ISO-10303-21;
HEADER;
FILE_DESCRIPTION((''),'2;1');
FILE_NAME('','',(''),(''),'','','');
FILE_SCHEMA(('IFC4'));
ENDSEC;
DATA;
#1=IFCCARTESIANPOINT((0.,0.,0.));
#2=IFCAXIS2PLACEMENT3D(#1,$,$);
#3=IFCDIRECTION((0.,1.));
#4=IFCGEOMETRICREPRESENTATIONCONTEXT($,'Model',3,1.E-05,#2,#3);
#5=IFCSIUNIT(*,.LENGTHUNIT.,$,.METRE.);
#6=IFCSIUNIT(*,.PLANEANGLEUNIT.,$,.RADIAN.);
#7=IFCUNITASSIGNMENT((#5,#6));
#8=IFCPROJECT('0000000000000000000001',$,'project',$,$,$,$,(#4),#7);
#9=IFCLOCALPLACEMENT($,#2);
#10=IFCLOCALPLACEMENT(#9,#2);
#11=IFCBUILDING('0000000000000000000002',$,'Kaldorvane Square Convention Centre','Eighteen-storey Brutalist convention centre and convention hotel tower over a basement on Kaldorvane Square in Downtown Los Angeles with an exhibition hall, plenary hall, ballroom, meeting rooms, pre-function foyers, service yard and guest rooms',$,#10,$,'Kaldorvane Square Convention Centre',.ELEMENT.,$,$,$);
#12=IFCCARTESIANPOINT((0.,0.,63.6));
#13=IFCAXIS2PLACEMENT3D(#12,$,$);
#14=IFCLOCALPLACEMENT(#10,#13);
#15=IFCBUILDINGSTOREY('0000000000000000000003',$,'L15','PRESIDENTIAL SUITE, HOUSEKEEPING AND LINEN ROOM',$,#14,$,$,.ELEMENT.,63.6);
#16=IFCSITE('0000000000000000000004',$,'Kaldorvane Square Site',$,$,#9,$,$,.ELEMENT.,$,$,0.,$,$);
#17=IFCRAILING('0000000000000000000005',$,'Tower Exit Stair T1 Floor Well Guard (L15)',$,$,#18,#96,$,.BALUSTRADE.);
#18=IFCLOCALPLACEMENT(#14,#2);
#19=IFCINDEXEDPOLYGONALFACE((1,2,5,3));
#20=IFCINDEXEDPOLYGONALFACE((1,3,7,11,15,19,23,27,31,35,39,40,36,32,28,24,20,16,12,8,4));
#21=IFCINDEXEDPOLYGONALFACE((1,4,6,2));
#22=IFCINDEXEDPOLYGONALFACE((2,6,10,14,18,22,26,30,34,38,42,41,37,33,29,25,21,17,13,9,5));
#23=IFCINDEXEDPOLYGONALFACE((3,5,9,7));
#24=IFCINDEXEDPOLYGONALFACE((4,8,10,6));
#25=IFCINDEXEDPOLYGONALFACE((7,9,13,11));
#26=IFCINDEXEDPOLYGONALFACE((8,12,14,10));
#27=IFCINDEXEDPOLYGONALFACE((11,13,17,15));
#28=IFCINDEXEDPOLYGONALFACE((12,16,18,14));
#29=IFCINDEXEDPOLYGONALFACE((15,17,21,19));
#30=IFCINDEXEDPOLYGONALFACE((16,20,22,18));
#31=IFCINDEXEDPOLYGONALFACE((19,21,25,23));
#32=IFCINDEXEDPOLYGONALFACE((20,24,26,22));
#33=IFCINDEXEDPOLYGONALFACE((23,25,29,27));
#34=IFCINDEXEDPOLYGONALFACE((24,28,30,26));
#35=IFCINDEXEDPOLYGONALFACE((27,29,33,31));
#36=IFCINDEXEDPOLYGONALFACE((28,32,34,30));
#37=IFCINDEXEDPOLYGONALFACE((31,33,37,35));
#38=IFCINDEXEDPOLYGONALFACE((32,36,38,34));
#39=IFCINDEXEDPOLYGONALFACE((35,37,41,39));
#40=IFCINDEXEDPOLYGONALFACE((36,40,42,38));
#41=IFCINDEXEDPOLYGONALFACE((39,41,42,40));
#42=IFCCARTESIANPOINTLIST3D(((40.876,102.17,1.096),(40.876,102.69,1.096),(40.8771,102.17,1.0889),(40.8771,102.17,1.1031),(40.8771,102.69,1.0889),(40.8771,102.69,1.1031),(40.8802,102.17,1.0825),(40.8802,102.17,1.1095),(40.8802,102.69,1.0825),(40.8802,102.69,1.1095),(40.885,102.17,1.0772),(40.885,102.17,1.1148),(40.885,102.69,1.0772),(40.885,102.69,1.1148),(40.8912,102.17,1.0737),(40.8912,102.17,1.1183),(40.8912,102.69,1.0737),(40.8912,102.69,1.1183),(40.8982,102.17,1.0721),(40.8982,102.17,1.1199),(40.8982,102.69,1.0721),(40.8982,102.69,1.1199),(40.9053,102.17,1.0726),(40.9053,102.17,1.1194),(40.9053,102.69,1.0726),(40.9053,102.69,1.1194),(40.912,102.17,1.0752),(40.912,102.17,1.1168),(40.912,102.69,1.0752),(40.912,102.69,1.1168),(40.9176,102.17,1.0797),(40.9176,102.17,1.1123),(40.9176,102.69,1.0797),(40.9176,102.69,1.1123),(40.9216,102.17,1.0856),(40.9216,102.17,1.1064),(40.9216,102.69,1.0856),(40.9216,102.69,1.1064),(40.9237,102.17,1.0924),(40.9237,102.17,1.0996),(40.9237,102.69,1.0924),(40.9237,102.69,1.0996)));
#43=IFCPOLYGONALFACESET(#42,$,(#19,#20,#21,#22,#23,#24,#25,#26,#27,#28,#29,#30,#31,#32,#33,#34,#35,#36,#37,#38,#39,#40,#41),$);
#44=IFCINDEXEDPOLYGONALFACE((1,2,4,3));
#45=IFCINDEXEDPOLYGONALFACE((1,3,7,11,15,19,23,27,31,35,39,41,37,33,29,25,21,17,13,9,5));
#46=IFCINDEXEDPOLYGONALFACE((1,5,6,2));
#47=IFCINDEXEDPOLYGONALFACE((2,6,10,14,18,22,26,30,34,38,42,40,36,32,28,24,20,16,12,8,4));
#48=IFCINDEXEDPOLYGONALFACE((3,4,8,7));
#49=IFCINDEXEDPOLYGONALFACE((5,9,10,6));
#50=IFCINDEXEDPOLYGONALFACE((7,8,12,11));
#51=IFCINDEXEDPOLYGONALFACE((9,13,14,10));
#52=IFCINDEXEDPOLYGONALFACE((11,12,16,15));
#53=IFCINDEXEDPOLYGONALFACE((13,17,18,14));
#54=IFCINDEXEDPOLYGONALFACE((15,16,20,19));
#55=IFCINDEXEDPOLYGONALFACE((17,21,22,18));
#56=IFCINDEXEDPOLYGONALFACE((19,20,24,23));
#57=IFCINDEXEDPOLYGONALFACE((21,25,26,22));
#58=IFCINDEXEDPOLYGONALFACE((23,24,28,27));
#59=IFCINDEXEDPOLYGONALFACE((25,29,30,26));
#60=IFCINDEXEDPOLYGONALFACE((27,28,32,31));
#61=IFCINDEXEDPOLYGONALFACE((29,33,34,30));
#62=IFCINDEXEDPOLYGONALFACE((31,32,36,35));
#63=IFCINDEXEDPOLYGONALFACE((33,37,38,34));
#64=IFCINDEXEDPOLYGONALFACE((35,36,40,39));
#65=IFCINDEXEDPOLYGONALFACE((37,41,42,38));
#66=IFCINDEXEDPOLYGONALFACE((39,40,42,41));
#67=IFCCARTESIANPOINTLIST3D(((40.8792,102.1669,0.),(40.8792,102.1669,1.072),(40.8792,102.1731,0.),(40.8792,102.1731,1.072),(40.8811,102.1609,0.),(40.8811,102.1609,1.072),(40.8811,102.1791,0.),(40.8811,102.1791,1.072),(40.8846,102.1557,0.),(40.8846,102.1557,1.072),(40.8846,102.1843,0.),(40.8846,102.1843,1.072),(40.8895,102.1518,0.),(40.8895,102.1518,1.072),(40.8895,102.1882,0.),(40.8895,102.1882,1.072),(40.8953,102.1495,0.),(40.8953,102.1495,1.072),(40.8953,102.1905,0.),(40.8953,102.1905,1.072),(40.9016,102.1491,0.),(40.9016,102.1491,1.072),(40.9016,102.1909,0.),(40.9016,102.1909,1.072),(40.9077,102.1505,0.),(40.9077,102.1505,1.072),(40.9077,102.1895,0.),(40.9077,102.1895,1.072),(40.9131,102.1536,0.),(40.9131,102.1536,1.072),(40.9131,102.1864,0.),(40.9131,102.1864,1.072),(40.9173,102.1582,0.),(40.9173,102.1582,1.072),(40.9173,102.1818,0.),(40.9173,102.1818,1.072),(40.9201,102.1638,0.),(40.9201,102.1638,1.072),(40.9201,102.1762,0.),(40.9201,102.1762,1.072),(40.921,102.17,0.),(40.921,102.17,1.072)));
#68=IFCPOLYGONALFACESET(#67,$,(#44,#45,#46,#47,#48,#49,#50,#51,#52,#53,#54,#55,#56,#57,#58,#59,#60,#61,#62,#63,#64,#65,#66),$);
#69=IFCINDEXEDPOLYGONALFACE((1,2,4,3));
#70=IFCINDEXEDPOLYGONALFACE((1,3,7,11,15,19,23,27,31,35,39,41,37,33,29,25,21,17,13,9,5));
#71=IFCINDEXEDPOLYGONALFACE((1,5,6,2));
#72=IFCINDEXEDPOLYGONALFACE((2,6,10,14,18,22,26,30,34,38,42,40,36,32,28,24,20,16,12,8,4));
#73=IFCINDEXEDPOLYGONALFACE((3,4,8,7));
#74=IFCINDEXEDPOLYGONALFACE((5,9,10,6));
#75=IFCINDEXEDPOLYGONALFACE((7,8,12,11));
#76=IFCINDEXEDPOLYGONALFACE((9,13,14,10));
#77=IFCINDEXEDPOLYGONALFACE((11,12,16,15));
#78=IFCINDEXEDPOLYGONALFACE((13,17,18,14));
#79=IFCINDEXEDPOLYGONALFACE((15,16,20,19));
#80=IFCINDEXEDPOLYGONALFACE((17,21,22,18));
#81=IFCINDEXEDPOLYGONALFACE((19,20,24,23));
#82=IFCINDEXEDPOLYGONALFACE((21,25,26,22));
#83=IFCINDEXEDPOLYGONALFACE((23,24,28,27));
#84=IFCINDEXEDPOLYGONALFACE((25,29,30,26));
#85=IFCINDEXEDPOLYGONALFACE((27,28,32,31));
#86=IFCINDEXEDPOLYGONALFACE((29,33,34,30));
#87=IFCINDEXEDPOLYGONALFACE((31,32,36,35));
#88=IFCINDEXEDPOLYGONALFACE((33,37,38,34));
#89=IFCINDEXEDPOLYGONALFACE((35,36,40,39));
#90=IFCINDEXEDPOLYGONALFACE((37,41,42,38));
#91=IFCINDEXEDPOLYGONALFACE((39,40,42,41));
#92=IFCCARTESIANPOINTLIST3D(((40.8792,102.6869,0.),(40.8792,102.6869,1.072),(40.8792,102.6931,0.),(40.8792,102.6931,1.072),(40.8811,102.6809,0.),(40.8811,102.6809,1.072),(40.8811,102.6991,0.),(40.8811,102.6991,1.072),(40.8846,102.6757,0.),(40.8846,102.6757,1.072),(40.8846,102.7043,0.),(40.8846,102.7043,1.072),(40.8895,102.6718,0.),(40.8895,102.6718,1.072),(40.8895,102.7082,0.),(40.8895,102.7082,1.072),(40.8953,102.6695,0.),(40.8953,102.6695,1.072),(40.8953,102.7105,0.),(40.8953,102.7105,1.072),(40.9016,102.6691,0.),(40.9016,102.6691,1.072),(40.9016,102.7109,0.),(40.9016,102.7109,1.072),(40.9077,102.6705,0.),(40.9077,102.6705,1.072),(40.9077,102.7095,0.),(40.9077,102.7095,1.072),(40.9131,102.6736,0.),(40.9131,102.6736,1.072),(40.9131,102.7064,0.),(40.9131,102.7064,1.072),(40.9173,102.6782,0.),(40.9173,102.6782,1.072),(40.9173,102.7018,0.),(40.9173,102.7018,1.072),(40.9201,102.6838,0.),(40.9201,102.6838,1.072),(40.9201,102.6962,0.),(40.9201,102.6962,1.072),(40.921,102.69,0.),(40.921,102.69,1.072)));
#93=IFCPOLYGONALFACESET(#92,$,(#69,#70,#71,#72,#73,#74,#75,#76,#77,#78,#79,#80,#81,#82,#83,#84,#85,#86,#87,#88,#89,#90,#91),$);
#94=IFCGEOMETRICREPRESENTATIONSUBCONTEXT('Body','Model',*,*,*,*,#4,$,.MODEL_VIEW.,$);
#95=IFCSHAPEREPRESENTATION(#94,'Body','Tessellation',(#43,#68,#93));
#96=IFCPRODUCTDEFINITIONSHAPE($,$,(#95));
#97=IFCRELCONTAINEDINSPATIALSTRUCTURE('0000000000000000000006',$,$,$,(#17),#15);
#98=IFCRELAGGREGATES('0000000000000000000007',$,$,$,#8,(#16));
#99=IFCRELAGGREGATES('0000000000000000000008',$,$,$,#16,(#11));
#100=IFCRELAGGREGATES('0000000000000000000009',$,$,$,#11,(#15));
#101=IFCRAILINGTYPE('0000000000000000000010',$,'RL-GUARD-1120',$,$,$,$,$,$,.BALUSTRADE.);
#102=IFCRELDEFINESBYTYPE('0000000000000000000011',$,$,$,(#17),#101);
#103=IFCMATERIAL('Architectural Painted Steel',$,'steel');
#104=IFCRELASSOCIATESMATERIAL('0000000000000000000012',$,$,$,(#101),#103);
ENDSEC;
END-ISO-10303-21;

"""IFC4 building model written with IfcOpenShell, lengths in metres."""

from ifc_helpers import new_model, si_unit, direction, frame, origin, origin_2d, place, context, subcontext, project, spatial, circle, extrude, material, type_object, element, save


model = new_model("IFC4")

# Units and contexts
model_context = context("Model", 3, precision=1e-05, world=origin(), true_north=direction((0.0, 1.0)))
body_context = subcontext(model_context, "Body", "Model", "MODEL_VIEW")
ifc_project = project(units=[si_unit("LENGTHUNIT", "METRE"), si_unit("PLANEANGLEUNIT", "RADIAN")], contexts=[model_context])

# Site, building, storey
site_placement = place(None, origin())
site = spatial("IfcSite", under=ifc_project, at=site_placement, Name="Kaldorvane Square Site", CompositionType="ELEMENT", RefElevation=0.0)
building_placement = place(site_placement, origin())
building = spatial("IfcBuilding", under=site, at=building_placement, Name="Kaldorvane Square Convention Centre", Description="Eighteen-storey Brutalist convention centre and convention hotel tower over a basement on Kaldorvane Square in Downtown Los Angeles with an exhibition hall, plenary hall, ballroom, meeting rooms, pre-function foyers, service yard and guest rooms", LongName="Kaldorvane Square Convention Centre", CompositionType="ELEMENT")
storey_placement = place(building_placement, frame((0.0, 0.0, 63.6)))
storey = spatial("IfcBuildingStorey", under=building, at=storey_placement, Name="L15", Description="PRESIDENTIAL SUITE, HOUSEKEEPING AND LINEN ROOM", CompositionType="ELEMENT", Elevation=63.6)

# Railing
ifc_material_1 = material(Name="Architectural Painted Steel", Category="steel")
railing_type = type_object("IfcRailingType", Name="RL-GUARD-1120", PredefinedType="BALUSTRADE", material=ifc_material_1)
railing_1_placement = place(storey_placement, frame((40.9, 102.17, 0.0)))
element("IfcRailing", 1, at=railing_1_placement, inside=storey, type_object=railing_type, Name="Tower Exit Stair T1 Floor Well Guard (L15)", PredefinedType="BALUSTRADE", context=body_context, shape_type="SweptSolid", body=[
    extrude(circle(Radius=0.024, at=origin_2d()), frame((0.0, 0.0, 1.096), z_axis=(0.0, 1.0, 0.0), x_axis=(-1.0, 0.0, 0.0)), (0.0, 0.0, 1.0), 0.52),
    extrude(circle(Radius=0.021, at=origin_2d()), origin(), (0.0, 0.0, 1.0), 1.072),
    extrude(circle(Radius=0.021, at=origin_2d()), frame((0.0, 0.52, 0.0)), (0.0, 0.0, 1.0), 1.072),
])

save(model, "model.ifc")
